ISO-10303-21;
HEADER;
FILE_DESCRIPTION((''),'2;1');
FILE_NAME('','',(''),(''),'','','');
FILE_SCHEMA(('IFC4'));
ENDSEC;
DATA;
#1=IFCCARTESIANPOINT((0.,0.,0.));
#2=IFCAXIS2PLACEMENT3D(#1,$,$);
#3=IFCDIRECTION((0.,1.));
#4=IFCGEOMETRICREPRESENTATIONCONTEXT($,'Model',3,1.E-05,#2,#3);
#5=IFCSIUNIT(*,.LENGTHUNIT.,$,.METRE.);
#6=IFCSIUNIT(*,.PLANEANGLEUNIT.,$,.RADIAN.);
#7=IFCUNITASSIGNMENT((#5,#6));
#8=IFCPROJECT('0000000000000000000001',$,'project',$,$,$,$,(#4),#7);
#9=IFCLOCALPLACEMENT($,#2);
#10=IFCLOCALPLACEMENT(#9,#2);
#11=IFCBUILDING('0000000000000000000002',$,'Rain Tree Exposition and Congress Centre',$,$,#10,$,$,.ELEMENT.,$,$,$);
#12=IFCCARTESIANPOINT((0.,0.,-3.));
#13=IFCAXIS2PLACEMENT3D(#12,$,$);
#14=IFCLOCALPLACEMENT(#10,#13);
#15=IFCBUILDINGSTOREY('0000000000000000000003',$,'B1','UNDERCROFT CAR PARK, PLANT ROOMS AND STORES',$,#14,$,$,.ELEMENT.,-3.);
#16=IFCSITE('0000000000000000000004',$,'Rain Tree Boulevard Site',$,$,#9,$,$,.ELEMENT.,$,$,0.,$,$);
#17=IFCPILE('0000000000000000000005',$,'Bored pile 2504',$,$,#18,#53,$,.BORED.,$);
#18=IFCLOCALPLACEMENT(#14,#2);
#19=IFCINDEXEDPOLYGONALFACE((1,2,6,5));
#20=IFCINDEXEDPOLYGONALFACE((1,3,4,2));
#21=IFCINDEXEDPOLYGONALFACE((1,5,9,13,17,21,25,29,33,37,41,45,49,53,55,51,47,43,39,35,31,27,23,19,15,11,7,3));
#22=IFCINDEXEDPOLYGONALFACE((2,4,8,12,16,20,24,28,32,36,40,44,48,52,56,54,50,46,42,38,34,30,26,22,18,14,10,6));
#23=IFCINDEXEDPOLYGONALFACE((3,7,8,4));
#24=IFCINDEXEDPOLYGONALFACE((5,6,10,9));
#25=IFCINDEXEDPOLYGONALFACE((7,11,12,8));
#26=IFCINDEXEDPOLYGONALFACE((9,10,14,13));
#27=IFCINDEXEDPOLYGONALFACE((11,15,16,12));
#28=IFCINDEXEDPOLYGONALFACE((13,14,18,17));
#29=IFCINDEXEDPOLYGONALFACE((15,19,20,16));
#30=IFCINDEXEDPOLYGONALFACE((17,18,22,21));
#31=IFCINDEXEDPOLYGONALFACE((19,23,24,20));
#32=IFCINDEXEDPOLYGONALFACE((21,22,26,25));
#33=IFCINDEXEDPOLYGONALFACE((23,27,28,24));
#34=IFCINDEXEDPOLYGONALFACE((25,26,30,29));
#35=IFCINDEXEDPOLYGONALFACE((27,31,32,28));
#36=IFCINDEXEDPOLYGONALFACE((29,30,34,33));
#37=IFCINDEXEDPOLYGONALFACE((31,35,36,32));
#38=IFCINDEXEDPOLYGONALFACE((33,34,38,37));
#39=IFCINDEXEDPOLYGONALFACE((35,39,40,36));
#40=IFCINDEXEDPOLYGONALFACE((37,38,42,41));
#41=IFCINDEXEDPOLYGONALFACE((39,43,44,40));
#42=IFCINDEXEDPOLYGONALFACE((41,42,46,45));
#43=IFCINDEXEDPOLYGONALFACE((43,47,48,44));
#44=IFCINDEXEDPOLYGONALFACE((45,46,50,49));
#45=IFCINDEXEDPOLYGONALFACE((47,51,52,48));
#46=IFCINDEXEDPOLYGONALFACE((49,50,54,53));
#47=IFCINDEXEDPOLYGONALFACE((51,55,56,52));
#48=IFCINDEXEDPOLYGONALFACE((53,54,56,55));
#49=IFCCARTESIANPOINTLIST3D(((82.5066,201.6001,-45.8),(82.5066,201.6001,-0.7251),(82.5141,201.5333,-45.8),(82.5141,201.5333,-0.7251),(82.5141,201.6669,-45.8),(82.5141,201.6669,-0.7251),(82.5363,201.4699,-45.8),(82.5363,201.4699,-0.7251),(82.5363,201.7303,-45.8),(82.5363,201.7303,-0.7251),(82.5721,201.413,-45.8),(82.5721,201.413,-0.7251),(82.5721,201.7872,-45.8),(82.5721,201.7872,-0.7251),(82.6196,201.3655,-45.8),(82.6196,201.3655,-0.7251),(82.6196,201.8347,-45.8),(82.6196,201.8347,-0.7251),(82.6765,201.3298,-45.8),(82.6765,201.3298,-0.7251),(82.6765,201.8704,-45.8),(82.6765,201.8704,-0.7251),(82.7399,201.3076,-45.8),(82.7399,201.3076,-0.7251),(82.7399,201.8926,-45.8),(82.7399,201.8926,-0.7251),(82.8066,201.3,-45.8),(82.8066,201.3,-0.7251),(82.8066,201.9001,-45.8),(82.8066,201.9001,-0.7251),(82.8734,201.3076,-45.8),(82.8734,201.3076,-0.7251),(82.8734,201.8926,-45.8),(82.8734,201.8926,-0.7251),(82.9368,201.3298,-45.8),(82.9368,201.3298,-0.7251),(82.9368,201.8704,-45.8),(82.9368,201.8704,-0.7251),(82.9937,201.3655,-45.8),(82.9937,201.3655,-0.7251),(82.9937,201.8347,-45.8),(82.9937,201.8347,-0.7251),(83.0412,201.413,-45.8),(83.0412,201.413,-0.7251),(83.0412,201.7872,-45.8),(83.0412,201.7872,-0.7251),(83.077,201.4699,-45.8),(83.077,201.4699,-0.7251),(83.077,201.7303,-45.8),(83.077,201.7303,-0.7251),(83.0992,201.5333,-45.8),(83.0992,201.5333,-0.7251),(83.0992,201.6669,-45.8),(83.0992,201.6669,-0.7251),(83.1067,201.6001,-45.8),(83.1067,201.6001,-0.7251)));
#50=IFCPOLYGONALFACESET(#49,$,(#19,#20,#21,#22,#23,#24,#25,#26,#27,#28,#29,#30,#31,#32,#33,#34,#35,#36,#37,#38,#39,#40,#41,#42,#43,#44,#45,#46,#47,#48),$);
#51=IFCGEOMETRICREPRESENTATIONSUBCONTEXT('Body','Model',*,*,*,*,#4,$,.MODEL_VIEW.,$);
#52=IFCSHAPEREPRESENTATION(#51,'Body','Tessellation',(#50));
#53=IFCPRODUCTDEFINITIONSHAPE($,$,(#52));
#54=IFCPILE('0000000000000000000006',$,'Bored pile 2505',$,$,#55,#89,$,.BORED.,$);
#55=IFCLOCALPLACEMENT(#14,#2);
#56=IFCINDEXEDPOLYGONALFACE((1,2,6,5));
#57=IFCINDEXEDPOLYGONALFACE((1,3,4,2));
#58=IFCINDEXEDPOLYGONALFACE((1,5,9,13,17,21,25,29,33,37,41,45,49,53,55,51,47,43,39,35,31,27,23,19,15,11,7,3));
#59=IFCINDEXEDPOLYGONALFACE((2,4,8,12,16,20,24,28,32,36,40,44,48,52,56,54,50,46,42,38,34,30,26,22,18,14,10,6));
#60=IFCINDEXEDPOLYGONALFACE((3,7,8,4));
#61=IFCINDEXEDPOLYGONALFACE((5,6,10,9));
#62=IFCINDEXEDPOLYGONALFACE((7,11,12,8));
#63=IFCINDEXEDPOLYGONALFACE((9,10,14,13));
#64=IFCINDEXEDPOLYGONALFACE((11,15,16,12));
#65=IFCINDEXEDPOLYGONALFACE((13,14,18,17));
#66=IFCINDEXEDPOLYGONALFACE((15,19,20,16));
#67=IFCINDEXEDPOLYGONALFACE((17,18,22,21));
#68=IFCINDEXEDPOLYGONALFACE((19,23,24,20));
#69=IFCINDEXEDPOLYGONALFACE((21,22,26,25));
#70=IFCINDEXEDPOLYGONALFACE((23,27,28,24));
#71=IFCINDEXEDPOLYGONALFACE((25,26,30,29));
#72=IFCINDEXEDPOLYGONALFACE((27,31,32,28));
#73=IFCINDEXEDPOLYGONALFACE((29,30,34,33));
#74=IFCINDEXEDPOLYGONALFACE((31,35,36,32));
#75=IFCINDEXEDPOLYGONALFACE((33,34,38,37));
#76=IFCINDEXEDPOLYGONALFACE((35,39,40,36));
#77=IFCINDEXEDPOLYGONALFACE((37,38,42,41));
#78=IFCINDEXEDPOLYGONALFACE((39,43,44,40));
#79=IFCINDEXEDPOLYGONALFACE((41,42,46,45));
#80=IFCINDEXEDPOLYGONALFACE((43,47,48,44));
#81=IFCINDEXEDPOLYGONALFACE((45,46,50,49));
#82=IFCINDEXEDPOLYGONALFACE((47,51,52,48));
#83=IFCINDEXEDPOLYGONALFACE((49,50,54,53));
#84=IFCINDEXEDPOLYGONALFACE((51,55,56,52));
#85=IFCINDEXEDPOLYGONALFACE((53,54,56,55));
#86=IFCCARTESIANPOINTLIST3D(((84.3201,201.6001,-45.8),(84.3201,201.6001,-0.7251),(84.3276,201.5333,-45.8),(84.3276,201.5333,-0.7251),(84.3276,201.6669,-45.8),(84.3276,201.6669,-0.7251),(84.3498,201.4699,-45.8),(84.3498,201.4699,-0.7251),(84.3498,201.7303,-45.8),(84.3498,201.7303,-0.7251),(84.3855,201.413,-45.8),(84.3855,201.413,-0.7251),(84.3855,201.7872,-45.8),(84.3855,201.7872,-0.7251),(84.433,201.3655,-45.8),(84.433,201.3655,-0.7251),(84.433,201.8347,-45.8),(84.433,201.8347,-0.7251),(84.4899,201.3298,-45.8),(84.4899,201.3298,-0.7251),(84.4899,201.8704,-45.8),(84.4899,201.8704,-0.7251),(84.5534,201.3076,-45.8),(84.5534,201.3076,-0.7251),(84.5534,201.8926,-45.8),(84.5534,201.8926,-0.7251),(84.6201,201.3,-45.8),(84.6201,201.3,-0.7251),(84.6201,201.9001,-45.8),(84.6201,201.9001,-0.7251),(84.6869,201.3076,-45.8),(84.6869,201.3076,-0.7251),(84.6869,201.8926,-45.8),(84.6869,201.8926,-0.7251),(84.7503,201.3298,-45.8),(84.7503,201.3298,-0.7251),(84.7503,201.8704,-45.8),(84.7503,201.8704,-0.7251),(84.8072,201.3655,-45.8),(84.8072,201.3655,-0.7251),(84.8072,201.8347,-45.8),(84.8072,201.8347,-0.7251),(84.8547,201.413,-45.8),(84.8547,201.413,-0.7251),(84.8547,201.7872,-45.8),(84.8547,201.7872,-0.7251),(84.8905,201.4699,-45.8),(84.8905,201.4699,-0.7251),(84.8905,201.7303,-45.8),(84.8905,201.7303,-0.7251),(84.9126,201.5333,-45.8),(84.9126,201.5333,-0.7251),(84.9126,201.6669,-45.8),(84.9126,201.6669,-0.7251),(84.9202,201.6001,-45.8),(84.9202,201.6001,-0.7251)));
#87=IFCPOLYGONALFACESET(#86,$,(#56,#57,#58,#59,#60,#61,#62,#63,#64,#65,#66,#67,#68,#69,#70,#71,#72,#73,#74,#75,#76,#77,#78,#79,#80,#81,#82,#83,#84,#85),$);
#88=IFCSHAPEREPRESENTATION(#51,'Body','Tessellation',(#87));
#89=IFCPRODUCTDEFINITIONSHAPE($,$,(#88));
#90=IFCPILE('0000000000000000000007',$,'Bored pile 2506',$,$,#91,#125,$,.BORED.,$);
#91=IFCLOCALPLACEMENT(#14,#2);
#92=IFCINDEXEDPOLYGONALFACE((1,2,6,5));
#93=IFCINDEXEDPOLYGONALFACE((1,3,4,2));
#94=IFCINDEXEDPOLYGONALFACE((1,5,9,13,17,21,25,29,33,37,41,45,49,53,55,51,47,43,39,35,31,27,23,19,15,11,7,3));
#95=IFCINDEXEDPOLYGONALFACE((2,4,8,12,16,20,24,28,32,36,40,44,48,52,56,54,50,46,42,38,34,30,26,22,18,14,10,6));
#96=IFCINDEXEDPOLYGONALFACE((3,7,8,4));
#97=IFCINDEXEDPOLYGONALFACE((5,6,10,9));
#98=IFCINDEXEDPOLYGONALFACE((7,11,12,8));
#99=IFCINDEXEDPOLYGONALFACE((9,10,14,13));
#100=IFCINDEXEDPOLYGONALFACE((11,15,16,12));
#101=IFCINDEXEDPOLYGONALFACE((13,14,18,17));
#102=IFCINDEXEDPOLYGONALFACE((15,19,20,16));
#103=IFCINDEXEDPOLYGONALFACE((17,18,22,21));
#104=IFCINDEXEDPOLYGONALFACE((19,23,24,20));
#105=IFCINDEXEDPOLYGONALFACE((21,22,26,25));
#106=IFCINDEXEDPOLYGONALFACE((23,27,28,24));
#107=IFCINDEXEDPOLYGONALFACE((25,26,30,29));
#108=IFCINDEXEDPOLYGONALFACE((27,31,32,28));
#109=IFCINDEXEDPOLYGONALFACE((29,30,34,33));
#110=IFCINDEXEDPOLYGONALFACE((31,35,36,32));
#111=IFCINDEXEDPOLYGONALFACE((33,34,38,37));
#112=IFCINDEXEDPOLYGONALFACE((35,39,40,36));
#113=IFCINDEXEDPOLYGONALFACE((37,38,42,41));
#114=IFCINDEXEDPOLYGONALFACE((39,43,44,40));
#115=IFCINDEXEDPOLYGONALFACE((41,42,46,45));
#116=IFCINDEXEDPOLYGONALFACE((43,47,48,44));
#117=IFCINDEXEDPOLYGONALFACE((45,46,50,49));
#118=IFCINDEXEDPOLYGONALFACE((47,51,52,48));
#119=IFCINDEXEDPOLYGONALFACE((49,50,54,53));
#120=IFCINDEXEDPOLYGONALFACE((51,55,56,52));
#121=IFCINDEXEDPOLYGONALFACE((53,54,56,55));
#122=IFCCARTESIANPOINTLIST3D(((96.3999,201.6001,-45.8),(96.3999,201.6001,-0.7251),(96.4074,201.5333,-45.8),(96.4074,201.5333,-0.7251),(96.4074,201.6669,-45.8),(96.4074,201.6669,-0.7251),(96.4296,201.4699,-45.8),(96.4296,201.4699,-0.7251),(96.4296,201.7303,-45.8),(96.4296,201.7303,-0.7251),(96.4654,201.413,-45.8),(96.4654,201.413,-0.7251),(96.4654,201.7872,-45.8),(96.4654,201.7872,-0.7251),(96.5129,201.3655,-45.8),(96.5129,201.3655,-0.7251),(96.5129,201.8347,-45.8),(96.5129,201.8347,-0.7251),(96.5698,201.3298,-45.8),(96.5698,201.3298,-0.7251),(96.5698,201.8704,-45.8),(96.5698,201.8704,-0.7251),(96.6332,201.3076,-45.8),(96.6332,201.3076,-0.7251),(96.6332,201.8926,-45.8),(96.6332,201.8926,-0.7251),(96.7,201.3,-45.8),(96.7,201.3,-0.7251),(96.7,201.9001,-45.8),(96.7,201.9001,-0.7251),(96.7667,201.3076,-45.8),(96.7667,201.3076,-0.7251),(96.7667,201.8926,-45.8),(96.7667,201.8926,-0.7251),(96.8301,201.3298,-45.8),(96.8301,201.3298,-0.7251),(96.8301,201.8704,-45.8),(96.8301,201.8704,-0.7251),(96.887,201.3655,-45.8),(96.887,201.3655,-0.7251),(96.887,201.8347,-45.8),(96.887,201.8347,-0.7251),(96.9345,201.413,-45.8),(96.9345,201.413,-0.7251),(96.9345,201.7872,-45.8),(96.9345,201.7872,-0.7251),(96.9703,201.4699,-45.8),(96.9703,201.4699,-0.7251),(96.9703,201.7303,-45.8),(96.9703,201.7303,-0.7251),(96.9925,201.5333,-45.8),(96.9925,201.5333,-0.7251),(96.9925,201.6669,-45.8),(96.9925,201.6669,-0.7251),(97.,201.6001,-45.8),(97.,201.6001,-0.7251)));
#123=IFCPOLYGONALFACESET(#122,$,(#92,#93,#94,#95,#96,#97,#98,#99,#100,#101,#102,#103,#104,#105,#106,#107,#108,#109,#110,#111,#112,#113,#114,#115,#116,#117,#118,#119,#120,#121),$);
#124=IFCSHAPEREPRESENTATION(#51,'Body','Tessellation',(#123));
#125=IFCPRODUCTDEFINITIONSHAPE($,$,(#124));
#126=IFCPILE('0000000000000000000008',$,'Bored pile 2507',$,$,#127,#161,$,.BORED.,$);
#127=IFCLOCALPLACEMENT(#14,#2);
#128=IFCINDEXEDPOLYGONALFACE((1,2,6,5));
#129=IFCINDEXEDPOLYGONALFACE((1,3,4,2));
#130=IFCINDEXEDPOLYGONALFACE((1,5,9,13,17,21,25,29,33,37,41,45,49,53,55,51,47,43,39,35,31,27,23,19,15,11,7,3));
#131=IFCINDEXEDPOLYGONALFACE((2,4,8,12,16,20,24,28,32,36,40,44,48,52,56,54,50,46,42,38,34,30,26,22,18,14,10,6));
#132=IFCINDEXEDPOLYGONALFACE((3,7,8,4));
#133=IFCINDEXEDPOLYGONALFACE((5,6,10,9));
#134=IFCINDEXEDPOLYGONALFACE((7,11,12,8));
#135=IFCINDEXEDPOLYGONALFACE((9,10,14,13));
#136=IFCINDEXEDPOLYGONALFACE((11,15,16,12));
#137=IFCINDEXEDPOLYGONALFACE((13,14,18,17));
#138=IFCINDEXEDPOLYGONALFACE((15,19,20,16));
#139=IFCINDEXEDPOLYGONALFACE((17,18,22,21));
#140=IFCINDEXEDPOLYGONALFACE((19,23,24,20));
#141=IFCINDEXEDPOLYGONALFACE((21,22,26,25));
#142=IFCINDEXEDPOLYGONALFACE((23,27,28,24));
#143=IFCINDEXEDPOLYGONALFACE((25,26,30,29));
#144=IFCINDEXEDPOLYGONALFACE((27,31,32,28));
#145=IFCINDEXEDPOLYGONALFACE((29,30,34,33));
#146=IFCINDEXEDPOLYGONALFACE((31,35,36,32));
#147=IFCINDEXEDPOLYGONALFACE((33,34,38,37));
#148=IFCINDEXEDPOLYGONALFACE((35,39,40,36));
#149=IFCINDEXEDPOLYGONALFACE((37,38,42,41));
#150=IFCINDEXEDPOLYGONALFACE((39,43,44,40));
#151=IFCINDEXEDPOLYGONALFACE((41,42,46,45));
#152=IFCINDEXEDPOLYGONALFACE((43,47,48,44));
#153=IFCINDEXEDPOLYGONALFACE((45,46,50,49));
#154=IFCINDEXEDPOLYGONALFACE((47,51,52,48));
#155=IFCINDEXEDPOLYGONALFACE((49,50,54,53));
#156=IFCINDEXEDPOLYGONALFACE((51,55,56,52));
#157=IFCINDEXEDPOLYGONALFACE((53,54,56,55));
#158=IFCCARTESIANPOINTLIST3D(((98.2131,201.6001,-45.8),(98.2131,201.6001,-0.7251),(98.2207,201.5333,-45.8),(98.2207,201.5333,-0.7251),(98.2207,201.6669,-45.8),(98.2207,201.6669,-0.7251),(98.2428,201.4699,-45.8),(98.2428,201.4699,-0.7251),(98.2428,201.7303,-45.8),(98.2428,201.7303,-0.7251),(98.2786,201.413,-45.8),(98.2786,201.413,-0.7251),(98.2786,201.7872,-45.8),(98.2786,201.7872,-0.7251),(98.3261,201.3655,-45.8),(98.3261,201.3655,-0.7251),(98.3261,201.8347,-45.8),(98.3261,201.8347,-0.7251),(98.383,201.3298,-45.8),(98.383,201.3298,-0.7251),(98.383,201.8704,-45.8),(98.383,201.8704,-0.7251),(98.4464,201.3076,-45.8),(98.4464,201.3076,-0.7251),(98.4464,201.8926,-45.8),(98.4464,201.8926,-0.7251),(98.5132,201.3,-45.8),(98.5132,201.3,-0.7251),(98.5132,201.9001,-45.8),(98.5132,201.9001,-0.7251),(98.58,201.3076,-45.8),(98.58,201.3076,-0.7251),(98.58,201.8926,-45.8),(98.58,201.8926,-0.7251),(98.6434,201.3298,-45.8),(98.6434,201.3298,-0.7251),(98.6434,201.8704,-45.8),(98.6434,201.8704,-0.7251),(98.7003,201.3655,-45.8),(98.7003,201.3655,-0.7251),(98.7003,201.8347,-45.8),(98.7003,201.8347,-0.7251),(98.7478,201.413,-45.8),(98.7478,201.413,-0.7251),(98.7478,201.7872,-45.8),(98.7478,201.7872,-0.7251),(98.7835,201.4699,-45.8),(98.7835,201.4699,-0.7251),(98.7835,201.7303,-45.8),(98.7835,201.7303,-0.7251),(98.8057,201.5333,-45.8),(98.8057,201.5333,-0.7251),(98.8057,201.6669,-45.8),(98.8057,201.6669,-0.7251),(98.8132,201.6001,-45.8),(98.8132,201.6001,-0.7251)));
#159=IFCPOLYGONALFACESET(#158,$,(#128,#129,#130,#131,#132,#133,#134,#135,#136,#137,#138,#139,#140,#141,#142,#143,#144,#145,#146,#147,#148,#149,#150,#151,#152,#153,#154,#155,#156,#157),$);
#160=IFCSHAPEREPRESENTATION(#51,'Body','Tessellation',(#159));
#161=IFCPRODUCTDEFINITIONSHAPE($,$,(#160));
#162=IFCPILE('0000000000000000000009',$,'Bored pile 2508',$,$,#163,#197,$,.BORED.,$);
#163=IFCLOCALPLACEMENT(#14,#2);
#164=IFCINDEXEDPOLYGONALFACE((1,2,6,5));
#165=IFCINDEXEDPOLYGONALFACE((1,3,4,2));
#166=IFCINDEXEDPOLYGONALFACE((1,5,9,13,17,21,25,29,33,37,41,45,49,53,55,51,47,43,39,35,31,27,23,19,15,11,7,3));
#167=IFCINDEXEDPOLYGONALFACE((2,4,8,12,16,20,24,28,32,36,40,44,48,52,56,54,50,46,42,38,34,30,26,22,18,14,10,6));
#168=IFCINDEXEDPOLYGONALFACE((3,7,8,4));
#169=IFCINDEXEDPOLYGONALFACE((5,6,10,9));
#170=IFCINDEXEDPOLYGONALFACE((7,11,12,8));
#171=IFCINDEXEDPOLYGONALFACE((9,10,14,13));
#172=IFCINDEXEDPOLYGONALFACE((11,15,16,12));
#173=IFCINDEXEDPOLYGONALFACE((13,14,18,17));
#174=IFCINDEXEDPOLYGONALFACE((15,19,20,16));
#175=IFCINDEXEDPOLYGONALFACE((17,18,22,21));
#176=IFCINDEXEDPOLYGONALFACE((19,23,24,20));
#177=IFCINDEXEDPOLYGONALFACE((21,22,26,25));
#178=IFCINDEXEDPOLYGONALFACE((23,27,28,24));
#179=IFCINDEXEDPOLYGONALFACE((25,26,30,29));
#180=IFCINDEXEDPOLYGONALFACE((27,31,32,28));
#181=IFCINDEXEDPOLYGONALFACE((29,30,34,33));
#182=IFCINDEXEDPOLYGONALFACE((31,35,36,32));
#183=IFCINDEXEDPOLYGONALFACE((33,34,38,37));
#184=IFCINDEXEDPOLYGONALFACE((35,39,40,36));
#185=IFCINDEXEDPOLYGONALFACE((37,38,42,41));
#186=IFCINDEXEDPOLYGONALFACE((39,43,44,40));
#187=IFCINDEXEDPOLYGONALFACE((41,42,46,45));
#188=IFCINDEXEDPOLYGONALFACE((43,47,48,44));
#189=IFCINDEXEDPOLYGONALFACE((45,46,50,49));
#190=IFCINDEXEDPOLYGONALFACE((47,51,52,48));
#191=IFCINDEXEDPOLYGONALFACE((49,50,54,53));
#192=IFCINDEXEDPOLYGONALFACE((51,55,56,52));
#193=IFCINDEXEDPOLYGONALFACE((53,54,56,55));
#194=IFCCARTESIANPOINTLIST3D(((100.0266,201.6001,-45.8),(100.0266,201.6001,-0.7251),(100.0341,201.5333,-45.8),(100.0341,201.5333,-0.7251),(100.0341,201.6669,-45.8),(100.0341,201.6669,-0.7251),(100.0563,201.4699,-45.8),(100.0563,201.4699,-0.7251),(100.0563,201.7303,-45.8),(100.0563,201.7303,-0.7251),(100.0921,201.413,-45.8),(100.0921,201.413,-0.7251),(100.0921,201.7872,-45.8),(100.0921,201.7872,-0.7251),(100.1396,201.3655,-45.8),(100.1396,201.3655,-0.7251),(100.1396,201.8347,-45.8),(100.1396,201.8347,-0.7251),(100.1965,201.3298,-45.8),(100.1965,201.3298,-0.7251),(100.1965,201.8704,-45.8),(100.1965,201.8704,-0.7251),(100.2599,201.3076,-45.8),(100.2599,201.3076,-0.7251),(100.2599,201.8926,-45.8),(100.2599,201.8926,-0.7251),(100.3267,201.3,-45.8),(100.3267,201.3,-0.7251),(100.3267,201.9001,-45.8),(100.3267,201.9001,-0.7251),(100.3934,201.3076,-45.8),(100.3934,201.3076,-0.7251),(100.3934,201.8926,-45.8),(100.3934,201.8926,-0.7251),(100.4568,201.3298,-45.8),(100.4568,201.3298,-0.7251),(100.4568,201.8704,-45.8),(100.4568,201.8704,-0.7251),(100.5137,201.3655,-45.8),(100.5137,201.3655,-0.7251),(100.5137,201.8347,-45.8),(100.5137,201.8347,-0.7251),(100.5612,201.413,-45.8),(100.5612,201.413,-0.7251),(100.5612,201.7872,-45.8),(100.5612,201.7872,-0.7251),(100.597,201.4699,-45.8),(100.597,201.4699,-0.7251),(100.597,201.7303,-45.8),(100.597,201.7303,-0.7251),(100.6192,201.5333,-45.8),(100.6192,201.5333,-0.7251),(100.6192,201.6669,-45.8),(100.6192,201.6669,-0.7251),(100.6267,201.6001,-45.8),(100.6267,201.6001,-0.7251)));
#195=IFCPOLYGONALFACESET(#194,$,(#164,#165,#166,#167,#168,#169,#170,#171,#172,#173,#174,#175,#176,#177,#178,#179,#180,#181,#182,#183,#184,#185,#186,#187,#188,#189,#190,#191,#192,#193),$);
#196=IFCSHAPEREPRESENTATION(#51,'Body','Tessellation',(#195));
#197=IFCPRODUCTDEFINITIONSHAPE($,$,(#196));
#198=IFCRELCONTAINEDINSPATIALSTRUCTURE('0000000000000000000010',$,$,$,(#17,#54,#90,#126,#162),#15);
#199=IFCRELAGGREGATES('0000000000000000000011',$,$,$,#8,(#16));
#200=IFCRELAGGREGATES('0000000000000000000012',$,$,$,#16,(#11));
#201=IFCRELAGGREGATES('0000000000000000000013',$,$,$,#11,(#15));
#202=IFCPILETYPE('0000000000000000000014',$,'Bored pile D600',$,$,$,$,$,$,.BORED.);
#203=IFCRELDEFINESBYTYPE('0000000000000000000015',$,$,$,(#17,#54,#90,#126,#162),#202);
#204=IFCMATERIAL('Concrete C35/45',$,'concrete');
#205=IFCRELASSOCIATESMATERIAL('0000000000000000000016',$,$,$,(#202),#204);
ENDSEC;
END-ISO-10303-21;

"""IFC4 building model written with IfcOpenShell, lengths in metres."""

from ifc_helpers import new_model, si_unit, direction, frame, origin, origin_2d, place, context, subcontext, project, spatial, circle, extrude, material, material_profile, profile_set, type_object, element, save


model = new_model("IFC4")

# Units and contexts
model_context = context("Model", 3, precision=1e-05, world=origin(), true_north=direction((0.0, 1.0)))
body_context = subcontext(model_context, "Body", "Model", "MODEL_VIEW")
ifc_project = project(units=[si_unit("LENGTHUNIT", "METRE"), si_unit("PLANEANGLEUNIT", "RADIAN")], contexts=[model_context])

# Site, building, storey
site_placement = place(None, origin())
site = spatial("IfcSite", under=ifc_project, at=site_placement, Name="Rain Tree Boulevard Site", CompositionType="ELEMENT", RefElevation=0.0)
building_placement = place(site_placement, origin())
building = spatial("IfcBuilding", under=site, at=building_placement, Name="Rain Tree Exposition and Congress Centre", CompositionType="ELEMENT")
storey_placement = place(building_placement, frame((0.0, 0.0, -3.0)))
storey = spatial("IfcBuildingStorey", under=building, at=storey_placement, Name="B1", Description="UNDERCROFT CAR PARK, PLANT ROOMS AND STORES", CompositionType="ELEMENT", Elevation=-3.0)

# Piles
ifc_material_1 = material(Name="Concrete C35/45", Category="concrete")
ifc_material_profile_1 = material_profile(ifc_material_1, circle(Radius=0.3, at=origin_2d()), Name="D600")
ifc_profile_set_1 = profile_set([ifc_material_profile_1], Name="Concrete C35/45")
pile_type_1 = type_object("IfcPileType", Name="Bored pile D600", PredefinedType="BORED", material=ifc_profile_set_1)
for number, where, z_axis, x_axis, name in (
    (1, (82.8066, 201.6001, -0.7251), (0.0, 0.0, -1.0), (1.0, 0.0, 0.0), "Bored pile 2504"),
    (2, (84.6201, 201.6001, -0.7251), (0.0, 0.0, -1.0), (1.0, 0.0, 0.0), "Bored pile 2505"),
    (3, (96.7, 201.6001, -0.7251), (0.0, 0.0, -1.0), (1.0, 0.0, 0.0), "Bored pile 2506"),
    (4, (98.5132, 201.6001, -0.7251), (0.0, 0.0, -1.0), (1.0, 0.0, 0.0), "Bored pile 2507"),
    (5, (100.3267, 201.6001, -0.7251), (0.0, 0.0, -1.0), (1.0, 0.0, 0.0), "Bored pile 2508"),
):
    element("IfcPile", number, at=place(storey_placement, frame(where, z_axis=z_axis, x_axis=x_axis)), inside=storey, type_object=pile_type_1, Name=name, PredefinedType="BORED", context=body_context, shape_type="SweptSolid", body=[
        extrude(circle(Radius=0.3, at=origin_2d()), origin(), (0.0, 0.0, 1.0), 45.075),
    ])

save(model, "model.ifc")
